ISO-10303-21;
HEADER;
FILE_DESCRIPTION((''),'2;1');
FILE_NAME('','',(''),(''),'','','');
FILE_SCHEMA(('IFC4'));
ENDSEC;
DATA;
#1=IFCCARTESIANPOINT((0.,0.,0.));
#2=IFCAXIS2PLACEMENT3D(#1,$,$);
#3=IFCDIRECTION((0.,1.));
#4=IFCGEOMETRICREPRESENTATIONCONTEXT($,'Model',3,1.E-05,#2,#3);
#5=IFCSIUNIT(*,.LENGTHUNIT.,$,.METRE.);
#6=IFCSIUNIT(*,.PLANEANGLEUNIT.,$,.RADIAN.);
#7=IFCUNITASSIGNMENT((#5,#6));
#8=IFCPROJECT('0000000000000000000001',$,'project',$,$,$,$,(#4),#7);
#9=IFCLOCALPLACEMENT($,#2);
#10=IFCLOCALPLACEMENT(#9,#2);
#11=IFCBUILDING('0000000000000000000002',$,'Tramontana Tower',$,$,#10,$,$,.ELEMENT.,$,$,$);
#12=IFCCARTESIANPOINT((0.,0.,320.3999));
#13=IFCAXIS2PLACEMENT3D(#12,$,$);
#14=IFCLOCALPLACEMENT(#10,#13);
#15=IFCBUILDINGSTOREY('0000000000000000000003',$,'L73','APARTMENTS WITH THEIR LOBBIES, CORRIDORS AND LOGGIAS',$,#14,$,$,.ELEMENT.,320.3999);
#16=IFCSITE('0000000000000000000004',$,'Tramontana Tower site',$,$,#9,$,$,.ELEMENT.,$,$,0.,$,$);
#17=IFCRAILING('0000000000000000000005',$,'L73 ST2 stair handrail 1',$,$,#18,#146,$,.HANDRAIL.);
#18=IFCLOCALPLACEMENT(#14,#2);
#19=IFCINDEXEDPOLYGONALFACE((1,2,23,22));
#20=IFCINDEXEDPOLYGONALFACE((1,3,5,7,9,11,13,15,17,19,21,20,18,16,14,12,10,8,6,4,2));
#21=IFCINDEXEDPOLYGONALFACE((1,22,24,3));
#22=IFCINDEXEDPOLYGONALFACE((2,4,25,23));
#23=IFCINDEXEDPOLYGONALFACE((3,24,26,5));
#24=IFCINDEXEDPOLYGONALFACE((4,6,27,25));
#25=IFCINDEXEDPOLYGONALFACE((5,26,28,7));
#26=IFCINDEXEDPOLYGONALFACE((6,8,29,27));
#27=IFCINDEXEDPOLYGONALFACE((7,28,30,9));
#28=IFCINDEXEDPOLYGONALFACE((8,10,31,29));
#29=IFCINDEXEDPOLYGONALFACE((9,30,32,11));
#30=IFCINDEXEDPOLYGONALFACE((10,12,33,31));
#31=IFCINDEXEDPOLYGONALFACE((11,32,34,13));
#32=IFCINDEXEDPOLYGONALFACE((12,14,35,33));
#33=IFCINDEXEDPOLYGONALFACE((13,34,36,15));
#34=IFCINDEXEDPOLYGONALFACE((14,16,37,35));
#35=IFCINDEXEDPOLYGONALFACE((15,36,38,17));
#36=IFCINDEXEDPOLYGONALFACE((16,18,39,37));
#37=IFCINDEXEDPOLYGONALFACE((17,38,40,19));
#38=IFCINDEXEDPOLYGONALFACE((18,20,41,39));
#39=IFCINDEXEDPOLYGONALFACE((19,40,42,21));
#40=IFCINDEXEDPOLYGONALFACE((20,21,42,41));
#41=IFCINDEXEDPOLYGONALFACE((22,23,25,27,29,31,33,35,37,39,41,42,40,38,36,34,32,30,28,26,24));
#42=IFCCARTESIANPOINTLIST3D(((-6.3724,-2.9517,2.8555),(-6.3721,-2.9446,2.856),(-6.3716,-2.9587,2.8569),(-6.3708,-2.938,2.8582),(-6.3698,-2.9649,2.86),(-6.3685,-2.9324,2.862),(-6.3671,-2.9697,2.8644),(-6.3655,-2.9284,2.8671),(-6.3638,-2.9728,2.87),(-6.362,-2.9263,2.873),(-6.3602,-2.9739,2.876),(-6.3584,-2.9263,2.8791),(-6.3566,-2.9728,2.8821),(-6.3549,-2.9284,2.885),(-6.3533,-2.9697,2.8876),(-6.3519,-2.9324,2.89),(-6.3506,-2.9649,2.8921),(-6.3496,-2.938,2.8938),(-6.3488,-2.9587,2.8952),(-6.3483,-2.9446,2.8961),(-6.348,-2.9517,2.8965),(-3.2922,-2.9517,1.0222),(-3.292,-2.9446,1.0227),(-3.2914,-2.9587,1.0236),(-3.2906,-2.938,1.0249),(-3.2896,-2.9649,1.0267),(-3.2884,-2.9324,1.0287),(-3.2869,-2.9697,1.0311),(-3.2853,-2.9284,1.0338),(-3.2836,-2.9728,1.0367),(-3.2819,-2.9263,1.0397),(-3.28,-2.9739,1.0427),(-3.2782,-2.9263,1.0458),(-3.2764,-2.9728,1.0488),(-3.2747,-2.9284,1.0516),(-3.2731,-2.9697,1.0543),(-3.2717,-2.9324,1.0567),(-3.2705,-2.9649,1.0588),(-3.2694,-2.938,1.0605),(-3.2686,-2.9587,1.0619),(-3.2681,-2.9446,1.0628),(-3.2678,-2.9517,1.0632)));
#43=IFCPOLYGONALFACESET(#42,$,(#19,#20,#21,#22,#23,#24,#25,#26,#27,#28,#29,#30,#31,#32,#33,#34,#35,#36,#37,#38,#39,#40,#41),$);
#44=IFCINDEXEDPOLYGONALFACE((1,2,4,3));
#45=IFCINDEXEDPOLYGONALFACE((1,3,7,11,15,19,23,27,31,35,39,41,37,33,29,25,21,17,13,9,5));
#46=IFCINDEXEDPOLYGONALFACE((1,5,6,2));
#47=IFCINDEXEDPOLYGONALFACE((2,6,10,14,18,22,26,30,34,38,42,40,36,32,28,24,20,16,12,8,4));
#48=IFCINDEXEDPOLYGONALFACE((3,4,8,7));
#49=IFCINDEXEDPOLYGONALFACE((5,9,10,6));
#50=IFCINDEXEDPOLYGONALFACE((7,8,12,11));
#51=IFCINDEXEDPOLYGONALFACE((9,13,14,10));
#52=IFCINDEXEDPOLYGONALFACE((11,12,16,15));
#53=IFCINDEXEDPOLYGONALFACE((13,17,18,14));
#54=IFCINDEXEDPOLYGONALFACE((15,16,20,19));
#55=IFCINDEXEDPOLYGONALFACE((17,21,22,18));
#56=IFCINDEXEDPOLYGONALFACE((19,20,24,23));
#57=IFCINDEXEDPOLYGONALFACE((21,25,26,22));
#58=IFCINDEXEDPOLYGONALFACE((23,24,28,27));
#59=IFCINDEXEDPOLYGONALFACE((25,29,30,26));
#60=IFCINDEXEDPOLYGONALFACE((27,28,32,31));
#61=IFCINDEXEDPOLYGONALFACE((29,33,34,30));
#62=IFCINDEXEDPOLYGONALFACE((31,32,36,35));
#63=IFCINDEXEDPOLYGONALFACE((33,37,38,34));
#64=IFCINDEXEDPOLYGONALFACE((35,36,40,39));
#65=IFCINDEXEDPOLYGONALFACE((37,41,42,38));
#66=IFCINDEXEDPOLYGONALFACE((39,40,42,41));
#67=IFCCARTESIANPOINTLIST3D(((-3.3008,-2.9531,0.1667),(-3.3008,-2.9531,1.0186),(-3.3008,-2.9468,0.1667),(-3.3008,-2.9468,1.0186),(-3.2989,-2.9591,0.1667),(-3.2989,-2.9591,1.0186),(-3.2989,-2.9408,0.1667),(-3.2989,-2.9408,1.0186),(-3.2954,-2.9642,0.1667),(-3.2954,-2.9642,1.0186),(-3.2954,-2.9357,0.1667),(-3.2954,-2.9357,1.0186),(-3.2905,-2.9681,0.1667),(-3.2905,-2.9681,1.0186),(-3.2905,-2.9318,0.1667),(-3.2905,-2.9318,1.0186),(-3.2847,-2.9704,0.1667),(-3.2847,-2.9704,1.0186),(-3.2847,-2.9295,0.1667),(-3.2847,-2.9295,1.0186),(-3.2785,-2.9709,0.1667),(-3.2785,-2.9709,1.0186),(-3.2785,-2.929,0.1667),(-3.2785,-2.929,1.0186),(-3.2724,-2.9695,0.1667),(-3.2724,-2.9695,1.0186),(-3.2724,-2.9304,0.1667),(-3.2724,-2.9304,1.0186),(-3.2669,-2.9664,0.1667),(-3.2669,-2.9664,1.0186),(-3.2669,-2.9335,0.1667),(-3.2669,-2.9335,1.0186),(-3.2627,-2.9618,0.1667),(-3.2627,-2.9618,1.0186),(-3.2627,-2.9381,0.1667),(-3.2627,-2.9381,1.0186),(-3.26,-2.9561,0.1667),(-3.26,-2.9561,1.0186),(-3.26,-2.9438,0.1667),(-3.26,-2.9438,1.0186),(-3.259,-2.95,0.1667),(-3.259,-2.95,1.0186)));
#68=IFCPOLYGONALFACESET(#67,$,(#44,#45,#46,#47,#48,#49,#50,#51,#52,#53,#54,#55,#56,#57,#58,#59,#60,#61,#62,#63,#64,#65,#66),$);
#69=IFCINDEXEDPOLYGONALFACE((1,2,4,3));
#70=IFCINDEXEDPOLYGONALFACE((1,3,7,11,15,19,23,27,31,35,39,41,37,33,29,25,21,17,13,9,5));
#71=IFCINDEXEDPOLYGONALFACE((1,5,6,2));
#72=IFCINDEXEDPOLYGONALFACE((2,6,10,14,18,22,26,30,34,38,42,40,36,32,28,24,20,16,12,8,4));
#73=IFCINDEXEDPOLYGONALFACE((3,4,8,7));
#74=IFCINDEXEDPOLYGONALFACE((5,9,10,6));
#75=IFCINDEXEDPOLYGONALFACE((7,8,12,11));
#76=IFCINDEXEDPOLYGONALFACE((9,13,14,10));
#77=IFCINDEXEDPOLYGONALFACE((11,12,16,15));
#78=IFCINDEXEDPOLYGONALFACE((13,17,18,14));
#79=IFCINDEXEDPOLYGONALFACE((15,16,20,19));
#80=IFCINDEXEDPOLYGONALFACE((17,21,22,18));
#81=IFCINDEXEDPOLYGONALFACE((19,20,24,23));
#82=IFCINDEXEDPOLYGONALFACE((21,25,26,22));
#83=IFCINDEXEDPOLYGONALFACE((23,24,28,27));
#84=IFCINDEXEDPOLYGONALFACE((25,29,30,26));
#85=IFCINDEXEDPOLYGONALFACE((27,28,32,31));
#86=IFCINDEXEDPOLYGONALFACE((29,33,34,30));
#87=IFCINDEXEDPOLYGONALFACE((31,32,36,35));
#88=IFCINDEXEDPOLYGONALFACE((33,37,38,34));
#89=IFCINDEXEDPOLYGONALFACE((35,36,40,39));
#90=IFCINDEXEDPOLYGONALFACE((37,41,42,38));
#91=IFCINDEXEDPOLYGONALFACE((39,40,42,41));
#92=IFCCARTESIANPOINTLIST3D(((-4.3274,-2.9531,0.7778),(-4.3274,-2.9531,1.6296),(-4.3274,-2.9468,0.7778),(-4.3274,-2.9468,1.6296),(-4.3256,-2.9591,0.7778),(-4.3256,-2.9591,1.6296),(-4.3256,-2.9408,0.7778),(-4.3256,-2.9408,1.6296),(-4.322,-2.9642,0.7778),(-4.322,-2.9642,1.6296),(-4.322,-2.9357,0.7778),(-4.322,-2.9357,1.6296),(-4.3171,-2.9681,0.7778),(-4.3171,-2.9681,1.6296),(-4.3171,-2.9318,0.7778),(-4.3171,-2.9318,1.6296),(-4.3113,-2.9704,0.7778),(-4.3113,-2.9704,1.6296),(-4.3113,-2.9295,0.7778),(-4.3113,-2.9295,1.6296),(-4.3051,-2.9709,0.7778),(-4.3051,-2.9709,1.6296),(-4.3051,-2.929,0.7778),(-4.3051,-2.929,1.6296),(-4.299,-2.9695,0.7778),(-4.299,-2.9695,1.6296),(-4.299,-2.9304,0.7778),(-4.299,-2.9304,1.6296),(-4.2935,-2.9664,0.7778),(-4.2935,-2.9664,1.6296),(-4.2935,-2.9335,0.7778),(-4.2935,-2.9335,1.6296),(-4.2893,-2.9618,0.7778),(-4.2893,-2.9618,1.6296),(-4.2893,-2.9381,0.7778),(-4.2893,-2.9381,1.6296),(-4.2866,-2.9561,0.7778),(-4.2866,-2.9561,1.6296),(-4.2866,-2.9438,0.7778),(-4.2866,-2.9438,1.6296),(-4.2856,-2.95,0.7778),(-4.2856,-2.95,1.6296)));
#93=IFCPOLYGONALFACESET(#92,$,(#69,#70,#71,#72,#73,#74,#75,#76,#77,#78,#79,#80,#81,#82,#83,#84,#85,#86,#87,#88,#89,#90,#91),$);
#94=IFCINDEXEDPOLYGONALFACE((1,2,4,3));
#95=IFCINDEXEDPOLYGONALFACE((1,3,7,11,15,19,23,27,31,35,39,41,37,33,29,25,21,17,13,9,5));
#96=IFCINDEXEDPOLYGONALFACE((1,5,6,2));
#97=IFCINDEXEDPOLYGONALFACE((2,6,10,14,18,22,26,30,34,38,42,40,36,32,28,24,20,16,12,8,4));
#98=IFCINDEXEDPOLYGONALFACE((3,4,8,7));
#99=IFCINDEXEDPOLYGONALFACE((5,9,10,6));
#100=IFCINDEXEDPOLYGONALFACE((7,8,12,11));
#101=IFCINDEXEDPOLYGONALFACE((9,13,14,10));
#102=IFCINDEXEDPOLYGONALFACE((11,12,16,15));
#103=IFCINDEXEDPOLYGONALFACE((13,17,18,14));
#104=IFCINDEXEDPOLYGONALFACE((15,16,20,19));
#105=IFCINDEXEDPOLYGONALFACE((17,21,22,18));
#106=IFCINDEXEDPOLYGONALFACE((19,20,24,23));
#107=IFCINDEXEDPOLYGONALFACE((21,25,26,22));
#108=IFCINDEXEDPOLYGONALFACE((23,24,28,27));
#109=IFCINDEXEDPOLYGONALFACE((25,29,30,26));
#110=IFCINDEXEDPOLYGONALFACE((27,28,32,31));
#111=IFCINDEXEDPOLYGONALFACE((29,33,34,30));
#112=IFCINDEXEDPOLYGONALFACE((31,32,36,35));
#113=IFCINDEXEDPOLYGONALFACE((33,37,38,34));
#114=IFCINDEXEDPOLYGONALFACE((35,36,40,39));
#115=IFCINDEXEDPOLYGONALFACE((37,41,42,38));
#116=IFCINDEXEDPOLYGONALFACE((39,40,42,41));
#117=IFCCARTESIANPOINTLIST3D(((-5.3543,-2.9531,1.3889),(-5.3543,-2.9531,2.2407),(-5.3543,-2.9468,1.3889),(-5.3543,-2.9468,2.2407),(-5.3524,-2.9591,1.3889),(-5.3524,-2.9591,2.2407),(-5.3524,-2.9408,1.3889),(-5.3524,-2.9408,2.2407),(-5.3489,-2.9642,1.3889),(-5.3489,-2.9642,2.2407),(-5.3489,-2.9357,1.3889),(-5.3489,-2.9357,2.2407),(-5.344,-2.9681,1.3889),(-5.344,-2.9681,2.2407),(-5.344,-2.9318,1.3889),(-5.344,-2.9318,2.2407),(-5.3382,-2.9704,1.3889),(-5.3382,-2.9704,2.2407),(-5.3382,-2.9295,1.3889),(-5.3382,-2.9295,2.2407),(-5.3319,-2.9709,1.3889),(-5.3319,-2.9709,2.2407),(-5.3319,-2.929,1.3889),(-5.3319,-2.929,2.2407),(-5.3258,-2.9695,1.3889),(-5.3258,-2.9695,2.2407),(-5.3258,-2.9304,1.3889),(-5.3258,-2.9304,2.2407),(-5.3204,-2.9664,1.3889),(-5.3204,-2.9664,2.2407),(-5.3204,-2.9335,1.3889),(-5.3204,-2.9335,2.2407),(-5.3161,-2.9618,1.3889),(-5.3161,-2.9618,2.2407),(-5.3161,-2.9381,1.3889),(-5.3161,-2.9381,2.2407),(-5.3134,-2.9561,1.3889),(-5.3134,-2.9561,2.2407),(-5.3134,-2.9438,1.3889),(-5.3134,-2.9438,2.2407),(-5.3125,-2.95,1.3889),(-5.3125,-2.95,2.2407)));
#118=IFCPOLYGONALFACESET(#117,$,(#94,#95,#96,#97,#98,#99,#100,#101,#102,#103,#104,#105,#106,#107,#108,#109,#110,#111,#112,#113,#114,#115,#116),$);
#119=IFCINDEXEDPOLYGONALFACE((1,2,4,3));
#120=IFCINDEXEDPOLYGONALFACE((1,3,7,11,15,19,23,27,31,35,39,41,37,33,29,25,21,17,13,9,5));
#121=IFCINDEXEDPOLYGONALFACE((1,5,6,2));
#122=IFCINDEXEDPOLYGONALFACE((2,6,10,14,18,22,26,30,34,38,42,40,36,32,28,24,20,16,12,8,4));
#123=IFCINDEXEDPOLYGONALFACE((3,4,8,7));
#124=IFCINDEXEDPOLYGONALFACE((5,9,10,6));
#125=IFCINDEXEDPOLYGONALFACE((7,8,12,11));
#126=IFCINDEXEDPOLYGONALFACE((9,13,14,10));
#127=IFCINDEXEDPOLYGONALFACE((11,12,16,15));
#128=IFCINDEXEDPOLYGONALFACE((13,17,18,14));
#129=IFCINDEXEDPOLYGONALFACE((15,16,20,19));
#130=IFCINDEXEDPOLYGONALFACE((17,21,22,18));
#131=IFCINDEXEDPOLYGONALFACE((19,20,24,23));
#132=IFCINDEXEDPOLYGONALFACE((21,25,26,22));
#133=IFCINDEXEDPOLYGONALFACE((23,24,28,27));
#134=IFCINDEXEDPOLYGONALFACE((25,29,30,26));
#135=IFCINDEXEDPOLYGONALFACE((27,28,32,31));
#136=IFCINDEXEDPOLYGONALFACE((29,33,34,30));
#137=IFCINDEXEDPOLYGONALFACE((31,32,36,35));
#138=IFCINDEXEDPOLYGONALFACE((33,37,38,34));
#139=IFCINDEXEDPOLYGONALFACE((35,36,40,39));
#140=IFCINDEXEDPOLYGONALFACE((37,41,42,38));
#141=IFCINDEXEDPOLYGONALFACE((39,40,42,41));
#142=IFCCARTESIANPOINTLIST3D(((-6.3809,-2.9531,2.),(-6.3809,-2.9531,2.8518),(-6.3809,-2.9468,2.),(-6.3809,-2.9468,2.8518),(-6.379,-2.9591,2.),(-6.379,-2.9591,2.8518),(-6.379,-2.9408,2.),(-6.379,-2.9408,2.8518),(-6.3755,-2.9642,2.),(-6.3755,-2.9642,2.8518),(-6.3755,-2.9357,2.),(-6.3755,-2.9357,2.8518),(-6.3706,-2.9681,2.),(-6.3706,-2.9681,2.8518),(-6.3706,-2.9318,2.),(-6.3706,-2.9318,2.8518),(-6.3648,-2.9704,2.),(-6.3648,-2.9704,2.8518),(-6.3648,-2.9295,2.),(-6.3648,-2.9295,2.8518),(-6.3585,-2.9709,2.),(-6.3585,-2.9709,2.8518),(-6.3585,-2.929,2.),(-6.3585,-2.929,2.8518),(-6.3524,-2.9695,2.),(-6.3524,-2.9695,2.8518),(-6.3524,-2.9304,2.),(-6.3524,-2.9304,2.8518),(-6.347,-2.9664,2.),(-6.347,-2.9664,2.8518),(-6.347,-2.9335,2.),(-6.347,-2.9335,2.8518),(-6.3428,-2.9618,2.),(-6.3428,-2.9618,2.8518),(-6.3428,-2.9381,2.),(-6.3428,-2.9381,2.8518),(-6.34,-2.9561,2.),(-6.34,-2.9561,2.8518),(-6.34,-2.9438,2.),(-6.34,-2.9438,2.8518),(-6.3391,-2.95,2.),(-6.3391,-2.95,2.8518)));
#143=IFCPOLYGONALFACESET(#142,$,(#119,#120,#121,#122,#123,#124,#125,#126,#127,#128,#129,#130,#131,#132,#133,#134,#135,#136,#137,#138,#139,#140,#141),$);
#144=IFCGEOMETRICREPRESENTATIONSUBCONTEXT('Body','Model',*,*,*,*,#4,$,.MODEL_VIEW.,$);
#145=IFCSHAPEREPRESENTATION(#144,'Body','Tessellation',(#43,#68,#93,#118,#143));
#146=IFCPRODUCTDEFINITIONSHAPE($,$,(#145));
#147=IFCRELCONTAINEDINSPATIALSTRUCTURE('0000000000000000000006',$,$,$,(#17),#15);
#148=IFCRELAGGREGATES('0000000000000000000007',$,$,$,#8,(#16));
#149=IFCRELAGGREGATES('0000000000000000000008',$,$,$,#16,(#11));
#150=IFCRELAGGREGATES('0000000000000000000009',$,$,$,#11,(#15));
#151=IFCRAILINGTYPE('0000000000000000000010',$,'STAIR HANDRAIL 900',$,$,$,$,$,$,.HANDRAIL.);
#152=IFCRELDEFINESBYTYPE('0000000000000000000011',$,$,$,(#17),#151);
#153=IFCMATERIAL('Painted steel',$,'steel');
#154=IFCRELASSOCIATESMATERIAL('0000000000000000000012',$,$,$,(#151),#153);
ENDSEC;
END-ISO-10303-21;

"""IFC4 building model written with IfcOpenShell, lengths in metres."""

from ifc_helpers import new_model, si_unit, direction, frame, origin, origin_2d, place, context, subcontext, project, spatial, circle, extrude, material, type_object, element, save


model = new_model("IFC4")

# Units and contexts
model_context = context("Model", 3, precision=1e-05, world=origin(), true_north=direction((0.0, 1.0)))
body_context = subcontext(model_context, "Body", "Model", "MODEL_VIEW")
ifc_project = project(units=[si_unit("LENGTHUNIT", "METRE"), si_unit("PLANEANGLEUNIT", "RADIAN")], contexts=[model_context])

# Site, building, storey
site_placement = place(None, origin())
site = spatial("IfcSite", under=ifc_project, at=site_placement, Name="Tramontana Tower site", CompositionType="ELEMENT", RefElevation=0.0)
building_placement = place(site_placement, origin())
building = spatial("IfcBuilding", under=site, at=building_placement, Name="Tramontana Tower", CompositionType="ELEMENT")
storey_placement = place(building_placement, frame((0.0, 0.0, 320.3999)))
storey = spatial("IfcBuildingStorey", under=building, at=storey_placement, Name="L73", Description="APARTMENTS WITH THEIR LOBBIES, CORRIDORS AND LOGGIAS", CompositionType="ELEMENT", Elevation=320.3999)

# Railing
ifc_material_1 = material(Name="Painted steel", Category="steel")
railing_type_1 = type_object("IfcRailingType", Name="STAIR HANDRAIL 900", PredefinedType="HANDRAIL", material=ifc_material_1)
railing_1_placement = place(storey_placement, frame((-3.28, -2.95, 0.1667)))
element("IfcRailing", 1, at=railing_1_placement, inside=storey, type_object=railing_type_1, Name="L73 ST2 stair handrail 1", PredefinedType="HANDRAIL", context=body_context, shape_type="SweptSolid", body=[
    extrude(circle(Radius=0.0239, at=origin_2d()), frame((0.0, 0.0, 0.876), z_axis=(-0.859309, 0.0, 0.511458), x_axis=(0.0, -1.0, 0.0)), (0.0, 0.0, 1.0), 3.5845),
    extrude(circle(Radius=0.021, at=origin_2d()), origin(), (0.0, 0.0, 1.0), 0.8518),
    extrude(circle(Radius=0.021, at=origin_2d()), frame((-1.0266, 0.0, 0.6111)), (0.0, 0.0, 1.0), 0.8518),
    extrude(circle(Radius=0.021, at=origin_2d()), frame((-2.0535, 0.0, 1.2222)), (0.0, 0.0, 1.0), 0.8518),
    extrude(circle(Radius=0.021, at=origin_2d()), frame((-3.0801, 0.0, 1.8333)), (0.0, 0.0, 1.0), 0.8518),
])

save(model, "model.ifc")
